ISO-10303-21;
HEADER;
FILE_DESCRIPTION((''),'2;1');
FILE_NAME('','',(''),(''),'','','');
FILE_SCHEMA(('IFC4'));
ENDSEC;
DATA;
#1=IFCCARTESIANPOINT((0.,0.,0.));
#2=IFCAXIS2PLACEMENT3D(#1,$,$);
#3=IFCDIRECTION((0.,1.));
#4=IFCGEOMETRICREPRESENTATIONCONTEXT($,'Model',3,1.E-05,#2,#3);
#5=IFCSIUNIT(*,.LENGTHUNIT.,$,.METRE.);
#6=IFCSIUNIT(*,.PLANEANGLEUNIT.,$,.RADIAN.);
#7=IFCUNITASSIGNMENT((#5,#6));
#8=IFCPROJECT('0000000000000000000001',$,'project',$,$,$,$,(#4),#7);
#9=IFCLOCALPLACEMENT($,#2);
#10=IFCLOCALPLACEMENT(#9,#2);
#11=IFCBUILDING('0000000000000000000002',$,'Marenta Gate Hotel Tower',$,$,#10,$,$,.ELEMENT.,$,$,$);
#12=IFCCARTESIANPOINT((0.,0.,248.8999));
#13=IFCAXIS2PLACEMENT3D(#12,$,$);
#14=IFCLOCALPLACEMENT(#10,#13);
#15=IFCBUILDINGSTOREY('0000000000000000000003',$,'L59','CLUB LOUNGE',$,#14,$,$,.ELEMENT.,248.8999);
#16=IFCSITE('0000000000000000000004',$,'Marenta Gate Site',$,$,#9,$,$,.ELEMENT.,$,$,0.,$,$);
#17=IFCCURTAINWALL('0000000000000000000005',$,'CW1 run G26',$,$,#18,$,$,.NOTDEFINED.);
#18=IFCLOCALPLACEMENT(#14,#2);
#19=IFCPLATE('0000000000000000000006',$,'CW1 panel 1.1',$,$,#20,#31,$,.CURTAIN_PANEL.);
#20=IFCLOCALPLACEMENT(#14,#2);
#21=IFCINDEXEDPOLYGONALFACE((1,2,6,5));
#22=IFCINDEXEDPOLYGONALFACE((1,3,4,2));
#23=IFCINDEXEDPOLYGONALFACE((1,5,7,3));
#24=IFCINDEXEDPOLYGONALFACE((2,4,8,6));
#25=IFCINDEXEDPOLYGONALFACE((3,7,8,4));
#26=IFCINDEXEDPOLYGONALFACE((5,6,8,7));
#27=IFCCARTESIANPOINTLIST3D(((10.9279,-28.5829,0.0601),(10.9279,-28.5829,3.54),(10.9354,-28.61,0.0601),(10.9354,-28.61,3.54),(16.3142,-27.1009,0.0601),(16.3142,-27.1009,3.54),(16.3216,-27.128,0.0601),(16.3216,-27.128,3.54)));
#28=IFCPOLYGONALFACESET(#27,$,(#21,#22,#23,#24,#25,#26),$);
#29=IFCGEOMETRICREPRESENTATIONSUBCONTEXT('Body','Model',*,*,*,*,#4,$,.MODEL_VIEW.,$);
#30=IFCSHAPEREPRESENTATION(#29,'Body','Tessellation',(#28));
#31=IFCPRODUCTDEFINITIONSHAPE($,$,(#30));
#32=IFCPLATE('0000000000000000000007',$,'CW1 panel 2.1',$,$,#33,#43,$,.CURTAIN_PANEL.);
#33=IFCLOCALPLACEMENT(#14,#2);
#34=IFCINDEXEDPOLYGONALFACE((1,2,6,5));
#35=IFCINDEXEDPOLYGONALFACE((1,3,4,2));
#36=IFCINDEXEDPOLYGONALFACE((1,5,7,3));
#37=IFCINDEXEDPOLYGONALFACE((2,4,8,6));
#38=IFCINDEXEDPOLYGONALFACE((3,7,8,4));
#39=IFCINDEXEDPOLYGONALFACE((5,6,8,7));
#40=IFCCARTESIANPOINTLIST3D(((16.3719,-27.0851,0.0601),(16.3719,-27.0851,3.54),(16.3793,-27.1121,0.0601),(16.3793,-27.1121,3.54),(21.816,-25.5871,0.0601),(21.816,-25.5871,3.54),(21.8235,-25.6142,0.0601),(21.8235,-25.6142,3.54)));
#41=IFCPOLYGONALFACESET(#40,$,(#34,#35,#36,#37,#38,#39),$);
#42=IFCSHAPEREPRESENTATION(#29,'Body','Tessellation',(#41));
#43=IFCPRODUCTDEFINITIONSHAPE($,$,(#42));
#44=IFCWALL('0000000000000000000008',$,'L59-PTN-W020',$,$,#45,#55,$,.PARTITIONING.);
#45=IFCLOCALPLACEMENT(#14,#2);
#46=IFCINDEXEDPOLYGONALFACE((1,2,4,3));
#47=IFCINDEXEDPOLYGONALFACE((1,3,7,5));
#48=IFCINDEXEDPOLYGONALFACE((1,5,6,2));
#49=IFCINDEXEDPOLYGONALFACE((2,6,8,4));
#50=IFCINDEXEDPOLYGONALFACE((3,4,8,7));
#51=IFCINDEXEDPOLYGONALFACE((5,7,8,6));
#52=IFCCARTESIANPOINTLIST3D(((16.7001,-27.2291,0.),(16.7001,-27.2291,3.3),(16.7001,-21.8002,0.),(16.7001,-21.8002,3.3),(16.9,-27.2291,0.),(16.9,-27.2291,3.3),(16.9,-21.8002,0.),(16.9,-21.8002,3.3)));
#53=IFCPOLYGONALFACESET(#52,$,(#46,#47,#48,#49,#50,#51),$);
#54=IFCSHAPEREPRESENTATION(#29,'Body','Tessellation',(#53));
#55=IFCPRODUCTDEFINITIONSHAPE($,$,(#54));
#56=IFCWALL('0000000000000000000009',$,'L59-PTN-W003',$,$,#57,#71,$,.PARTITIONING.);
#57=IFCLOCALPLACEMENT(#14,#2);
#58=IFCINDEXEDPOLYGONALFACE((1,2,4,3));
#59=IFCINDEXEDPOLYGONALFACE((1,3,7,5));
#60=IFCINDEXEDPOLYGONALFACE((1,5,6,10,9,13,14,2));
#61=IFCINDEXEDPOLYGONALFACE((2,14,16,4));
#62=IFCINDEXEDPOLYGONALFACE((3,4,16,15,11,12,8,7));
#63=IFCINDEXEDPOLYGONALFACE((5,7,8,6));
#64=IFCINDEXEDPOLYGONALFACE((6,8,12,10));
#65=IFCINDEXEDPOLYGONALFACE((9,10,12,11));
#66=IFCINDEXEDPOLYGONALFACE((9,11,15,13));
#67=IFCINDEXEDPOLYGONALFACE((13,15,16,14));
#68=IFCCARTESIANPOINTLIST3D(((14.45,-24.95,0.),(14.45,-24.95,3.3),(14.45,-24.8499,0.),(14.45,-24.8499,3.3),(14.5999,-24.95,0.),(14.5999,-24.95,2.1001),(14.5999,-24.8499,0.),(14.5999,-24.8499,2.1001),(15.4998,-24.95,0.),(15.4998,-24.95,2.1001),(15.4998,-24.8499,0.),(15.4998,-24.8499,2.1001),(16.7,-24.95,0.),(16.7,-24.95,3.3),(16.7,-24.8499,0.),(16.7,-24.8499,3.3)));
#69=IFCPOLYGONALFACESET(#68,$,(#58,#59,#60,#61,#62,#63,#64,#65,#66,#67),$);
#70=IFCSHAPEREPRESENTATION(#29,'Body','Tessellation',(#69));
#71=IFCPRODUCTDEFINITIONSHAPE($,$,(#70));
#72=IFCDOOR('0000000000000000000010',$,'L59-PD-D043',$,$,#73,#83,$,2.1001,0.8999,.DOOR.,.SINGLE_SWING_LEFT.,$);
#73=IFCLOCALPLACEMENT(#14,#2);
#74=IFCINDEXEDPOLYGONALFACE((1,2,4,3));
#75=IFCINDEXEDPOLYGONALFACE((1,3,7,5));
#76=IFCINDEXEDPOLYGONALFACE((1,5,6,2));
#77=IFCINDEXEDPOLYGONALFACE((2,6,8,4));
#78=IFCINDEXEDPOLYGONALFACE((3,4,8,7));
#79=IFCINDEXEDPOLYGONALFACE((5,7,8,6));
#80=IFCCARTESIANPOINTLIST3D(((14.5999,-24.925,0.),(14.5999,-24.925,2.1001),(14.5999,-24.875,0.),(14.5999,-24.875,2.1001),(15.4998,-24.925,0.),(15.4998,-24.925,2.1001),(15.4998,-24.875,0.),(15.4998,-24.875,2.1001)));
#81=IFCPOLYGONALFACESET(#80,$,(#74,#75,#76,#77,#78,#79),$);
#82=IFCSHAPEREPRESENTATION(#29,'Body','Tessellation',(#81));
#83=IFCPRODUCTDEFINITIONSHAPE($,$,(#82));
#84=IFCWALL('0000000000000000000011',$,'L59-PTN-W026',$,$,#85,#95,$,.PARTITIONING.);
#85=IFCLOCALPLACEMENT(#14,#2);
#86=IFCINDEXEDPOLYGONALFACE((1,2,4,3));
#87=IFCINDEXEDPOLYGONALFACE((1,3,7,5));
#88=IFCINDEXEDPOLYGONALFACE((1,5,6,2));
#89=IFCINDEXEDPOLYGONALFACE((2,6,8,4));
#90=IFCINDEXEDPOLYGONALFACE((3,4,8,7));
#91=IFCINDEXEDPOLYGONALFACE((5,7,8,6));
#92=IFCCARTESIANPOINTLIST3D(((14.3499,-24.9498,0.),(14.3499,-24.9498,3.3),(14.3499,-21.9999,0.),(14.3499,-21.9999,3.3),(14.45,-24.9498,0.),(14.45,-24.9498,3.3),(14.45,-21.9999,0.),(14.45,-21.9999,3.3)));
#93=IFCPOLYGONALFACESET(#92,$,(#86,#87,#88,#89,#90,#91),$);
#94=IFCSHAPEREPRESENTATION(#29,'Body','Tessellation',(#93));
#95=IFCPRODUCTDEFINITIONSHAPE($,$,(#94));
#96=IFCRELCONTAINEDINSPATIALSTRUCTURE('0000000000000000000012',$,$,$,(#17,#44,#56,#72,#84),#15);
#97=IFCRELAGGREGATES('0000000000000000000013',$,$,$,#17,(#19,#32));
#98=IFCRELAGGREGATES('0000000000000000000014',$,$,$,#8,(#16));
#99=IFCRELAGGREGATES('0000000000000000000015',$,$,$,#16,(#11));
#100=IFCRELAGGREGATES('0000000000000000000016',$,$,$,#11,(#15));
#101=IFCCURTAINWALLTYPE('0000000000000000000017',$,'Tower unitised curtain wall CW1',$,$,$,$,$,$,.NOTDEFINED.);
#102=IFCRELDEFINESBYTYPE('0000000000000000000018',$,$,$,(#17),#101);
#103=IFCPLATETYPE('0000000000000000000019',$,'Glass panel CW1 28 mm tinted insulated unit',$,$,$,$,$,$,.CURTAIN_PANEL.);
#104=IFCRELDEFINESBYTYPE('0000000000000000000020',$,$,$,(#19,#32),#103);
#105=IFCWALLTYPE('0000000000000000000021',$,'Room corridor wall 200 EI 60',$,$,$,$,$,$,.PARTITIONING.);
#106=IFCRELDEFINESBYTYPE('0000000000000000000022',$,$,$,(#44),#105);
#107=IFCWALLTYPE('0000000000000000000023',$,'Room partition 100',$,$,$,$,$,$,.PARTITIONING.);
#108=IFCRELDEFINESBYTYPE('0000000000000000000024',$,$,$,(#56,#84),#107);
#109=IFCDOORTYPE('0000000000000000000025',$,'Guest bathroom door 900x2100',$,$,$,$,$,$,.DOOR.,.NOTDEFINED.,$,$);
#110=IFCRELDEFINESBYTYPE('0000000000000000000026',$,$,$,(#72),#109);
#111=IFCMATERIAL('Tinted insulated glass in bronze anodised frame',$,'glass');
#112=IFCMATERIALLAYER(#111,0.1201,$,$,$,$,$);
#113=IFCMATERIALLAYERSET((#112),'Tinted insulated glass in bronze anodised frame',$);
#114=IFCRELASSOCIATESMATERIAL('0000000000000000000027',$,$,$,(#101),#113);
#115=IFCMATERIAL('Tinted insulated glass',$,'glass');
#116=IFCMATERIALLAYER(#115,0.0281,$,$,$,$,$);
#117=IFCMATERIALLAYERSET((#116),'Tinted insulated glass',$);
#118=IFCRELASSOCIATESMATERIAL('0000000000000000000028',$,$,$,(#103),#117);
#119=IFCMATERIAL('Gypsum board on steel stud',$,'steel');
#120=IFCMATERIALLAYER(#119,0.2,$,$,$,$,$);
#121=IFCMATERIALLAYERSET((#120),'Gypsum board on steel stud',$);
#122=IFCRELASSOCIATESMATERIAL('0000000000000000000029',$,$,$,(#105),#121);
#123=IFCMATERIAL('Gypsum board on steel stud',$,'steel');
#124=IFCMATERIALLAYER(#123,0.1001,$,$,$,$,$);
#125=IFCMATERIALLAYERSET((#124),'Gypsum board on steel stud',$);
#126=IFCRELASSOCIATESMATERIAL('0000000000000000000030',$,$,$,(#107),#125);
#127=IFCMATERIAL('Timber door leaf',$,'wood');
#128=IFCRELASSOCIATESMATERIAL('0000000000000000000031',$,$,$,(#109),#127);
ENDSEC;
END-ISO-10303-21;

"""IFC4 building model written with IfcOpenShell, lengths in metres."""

from ifc_helpers import new_model, si_unit, direction, frame, frame_2d, origin, origin_2d, place, context, subcontext, project, spatial, rectangle, extrude, material, layer, layer_set, type_object, element, fill, aggregate, save


model = new_model("IFC4")

# Units and contexts
model_context = context("Model", 3, precision=1e-05, world=origin(), true_north=direction((0.0, 1.0)))
body_context = subcontext(model_context, "Body", "Model", "MODEL_VIEW")
ifc_project = project(units=[si_unit("LENGTHUNIT", "METRE"), si_unit("PLANEANGLEUNIT", "RADIAN")], contexts=[model_context])

# Site, building, storey
site_placement = place(None, origin())
site = spatial("IfcSite", under=ifc_project, at=site_placement, Name="Marenta Gate Site", CompositionType="ELEMENT", RefElevation=0.0)
building_placement = place(site_placement, origin())
building = spatial("IfcBuilding", under=site, at=building_placement, Name="Marenta Gate Hotel Tower", CompositionType="ELEMENT")
storey_placement = place(building_placement, frame((0.0, 0.0, 248.8999)))
storey = spatial("IfcBuildingStorey", under=building, at=storey_placement, Name="L59", Description="CLUB LOUNGE", CompositionType="ELEMENT", Elevation=248.8999)

# Curtain wall
ifc_material_1 = material(Name="Tinted insulated glass in bronze anodised frame", Category="glass")
ifc_layer_1 = layer(ifc_material_1, 0.1201)
ifc_layer_set_1 = layer_set([ifc_layer_1], Name="Tinted insulated glass in bronze anodised frame")
curtain_wall_type = type_object("IfcCurtainWallType", Name="Tower unitised curtain wall CW1", PredefinedType="NOTDEFINED", material=ifc_layer_set_1)
curtain_wall_1_placement = place(storey_placement, origin())
curtain_wall_1 = element("IfcCurtainWall", 1, at=curtain_wall_1_placement, inside=storey, type_object=curtain_wall_type, Name="CW1 run G26", PredefinedType="NOTDEFINED")

# Plates
ifc_material_2 = material(Name="Tinted insulated glass", Category="glass")
ifc_layer_2 = layer(ifc_material_2, 0.0281)
ifc_layer_set_2 = layer_set([ifc_layer_2], Name="Tinted insulated glass")
plate_type = type_object("IfcPlateType", Name="Glass panel CW1 28 mm tinted insulated unit", PredefinedType="CURTAIN_PANEL", material=ifc_layer_set_2)
plate_1_placement = place(storey_placement, frame((13.6248, -27.8555, 0.0601), z_axis=(0.0, 0.0, 1.0), x_axis=(0.964168, 0.265292, 0.0)))
plate_1 = element("IfcPlate", 2, at=plate_1_placement, type_object=plate_type, Name="CW1 panel 1.1", PredefinedType="CURTAIN_PANEL", context=body_context, shape_type="SweptSolid", body=[
    extrude(rectangle(XDim=5.5864, YDim=0.0281, at=origin_2d()), origin(), (0.0, 0.0, 1.0), 3.48),
])
plate_2_placement = place(storey_placement, frame((19.0977, -26.3496, 0.0601), z_axis=(0.0, 0.0, 1.0), x_axis=(0.964168, 0.265292, 0.0)))
plate_2 = element("IfcPlate", 3, at=plate_2_placement, type_object=plate_type, Name="CW1 panel 2.1", PredefinedType="CURTAIN_PANEL", context=body_context, shape_type="SweptSolid", body=[
    extrude(rectangle(XDim=5.6465, YDim=0.0281, at=origin_2d()), origin(), (0.0, 0.0, 1.0), 3.48),
])
aggregate(curtain_wall_1, [plate_1, plate_2])

# Shared definitions
ifc_material_3 = material(Name="Gypsum board on steel stud", Category="steel")
ifc_layer_3 = layer(ifc_material_3, 0.2)
ifc_layer_set_3 = layer_set([ifc_layer_3], Name="Gypsum board on steel stud")
wall_type_1 = type_object("IfcWallType", Name="Room corridor wall 200 EI 60", PredefinedType="PARTITIONING", material=ifc_layer_set_3)

# Wall
wall_1_placement = place(storey_placement, frame((16.8, -27.229, 0.0), z_axis=(0.0, 0.0, 1.0), x_axis=(0.0, 1.0, 0.0)))
element("IfcWall", 4, at=wall_1_placement, inside=storey, type_object=wall_type_1, Name="L59-PTN-W020", PredefinedType="PARTITIONING", context=body_context, shape_type="SweptSolid", body=[
    extrude(rectangle(XDim=5.429, YDim=0.2, at=frame_2d((2.7144, 0.0))), origin(), (0.0, 0.0, 1.0), 3.3),
])

# Wall, opening, door
ifc_material_4 = material(Name="Gypsum board on steel stud", Category="steel")
ifc_layer_4 = layer(ifc_material_4, 0.1001)
ifc_layer_set_4 = layer_set([ifc_layer_4], Name="Gypsum board on steel stud")
wall_type_2 = type_object("IfcWallType", Name="Room partition 100", PredefinedType="PARTITIONING", material=ifc_layer_set_4)
wall_2_placement = place(storey_placement, frame((14.45, -24.8999, 0.0), z_axis=(0.0, 0.0, 1.0), x_axis=(1.0, 0.0, 0.0)))
wall_2 = element("IfcWall", 5, at=wall_2_placement, inside=storey, type_object=wall_type_2, Name="L59-PTN-W003", PredefinedType="PARTITIONING", context=body_context, shape_type="SweptSolid", body=[
    extrude(rectangle(XDim=2.25, YDim=0.1001, at=frame_2d((1.125, 0.0))), origin(), (0.0, 0.0, 1.0), 3.3),
])
opening_1_placement = place(wall_2_placement, frame((0.1499, 0.0, 0.0)))
opening_1 = element("IfcOpeningElement", 6, at=opening_1_placement, cuts=wall_2, PredefinedType="OPENING", context=body_context, shape_type="SweptSolid", body=[
    extrude(rectangle(XDim=0.8999, YDim=2.1001, at=frame_2d((0.45, 1.05))), frame((0.0, 0.05, 0.0), z_axis=(0.0, -1.0, 0.0), x_axis=(1.0, 0.0, 0.0)), (0.0, 0.0, 1.0), 0.1001),
])
ifc_material_5 = material(Name="Timber door leaf", Category="wood")
door_type_1 = type_object("IfcDoorType", Name="Guest bathroom door 900x2100", OperationType="NOTDEFINED", PredefinedType="DOOR", material=ifc_material_5)
door_1_placement = place(opening_1_placement, origin())
door_1 = element("IfcDoor", 7, at=door_1_placement, inside=storey, type_object=door_type_1, Name="L59-PD-D043", OperationType="SINGLE_SWING_LEFT", OverallHeight=2.1001, OverallWidth=0.8999, PredefinedType="DOOR", context=body_context, shape_type="SweptSolid", body=[
    extrude(rectangle(XDim=0.8999, YDim=2.1001, at=frame_2d((0.45, 1.05))), frame((0.0, 0.0249, 0.0), z_axis=(0.0, -1.0, 0.0), x_axis=(1.0, 0.0, 0.0)), (0.0, 0.0, 1.0), 0.05),
])
fill(opening_1, door_1)

# Wall
wall_3_placement = place(storey_placement, frame((14.3999, -24.95, 0.0), z_axis=(0.0, 0.0, 1.0), x_axis=(0.0, 1.0, 0.0)))
element("IfcWall", 8, at=wall_3_placement, inside=storey, type_object=wall_type_2, Name="L59-PTN-W026", PredefinedType="PARTITIONING", context=body_context, shape_type="SweptSolid", body=[
    extrude(rectangle(XDim=2.95, YDim=0.1001, at=frame_2d((1.4751, 0.0))), origin(), (0.0, 0.0, 1.0), 3.3),
])

save(model, "model.ifc")
